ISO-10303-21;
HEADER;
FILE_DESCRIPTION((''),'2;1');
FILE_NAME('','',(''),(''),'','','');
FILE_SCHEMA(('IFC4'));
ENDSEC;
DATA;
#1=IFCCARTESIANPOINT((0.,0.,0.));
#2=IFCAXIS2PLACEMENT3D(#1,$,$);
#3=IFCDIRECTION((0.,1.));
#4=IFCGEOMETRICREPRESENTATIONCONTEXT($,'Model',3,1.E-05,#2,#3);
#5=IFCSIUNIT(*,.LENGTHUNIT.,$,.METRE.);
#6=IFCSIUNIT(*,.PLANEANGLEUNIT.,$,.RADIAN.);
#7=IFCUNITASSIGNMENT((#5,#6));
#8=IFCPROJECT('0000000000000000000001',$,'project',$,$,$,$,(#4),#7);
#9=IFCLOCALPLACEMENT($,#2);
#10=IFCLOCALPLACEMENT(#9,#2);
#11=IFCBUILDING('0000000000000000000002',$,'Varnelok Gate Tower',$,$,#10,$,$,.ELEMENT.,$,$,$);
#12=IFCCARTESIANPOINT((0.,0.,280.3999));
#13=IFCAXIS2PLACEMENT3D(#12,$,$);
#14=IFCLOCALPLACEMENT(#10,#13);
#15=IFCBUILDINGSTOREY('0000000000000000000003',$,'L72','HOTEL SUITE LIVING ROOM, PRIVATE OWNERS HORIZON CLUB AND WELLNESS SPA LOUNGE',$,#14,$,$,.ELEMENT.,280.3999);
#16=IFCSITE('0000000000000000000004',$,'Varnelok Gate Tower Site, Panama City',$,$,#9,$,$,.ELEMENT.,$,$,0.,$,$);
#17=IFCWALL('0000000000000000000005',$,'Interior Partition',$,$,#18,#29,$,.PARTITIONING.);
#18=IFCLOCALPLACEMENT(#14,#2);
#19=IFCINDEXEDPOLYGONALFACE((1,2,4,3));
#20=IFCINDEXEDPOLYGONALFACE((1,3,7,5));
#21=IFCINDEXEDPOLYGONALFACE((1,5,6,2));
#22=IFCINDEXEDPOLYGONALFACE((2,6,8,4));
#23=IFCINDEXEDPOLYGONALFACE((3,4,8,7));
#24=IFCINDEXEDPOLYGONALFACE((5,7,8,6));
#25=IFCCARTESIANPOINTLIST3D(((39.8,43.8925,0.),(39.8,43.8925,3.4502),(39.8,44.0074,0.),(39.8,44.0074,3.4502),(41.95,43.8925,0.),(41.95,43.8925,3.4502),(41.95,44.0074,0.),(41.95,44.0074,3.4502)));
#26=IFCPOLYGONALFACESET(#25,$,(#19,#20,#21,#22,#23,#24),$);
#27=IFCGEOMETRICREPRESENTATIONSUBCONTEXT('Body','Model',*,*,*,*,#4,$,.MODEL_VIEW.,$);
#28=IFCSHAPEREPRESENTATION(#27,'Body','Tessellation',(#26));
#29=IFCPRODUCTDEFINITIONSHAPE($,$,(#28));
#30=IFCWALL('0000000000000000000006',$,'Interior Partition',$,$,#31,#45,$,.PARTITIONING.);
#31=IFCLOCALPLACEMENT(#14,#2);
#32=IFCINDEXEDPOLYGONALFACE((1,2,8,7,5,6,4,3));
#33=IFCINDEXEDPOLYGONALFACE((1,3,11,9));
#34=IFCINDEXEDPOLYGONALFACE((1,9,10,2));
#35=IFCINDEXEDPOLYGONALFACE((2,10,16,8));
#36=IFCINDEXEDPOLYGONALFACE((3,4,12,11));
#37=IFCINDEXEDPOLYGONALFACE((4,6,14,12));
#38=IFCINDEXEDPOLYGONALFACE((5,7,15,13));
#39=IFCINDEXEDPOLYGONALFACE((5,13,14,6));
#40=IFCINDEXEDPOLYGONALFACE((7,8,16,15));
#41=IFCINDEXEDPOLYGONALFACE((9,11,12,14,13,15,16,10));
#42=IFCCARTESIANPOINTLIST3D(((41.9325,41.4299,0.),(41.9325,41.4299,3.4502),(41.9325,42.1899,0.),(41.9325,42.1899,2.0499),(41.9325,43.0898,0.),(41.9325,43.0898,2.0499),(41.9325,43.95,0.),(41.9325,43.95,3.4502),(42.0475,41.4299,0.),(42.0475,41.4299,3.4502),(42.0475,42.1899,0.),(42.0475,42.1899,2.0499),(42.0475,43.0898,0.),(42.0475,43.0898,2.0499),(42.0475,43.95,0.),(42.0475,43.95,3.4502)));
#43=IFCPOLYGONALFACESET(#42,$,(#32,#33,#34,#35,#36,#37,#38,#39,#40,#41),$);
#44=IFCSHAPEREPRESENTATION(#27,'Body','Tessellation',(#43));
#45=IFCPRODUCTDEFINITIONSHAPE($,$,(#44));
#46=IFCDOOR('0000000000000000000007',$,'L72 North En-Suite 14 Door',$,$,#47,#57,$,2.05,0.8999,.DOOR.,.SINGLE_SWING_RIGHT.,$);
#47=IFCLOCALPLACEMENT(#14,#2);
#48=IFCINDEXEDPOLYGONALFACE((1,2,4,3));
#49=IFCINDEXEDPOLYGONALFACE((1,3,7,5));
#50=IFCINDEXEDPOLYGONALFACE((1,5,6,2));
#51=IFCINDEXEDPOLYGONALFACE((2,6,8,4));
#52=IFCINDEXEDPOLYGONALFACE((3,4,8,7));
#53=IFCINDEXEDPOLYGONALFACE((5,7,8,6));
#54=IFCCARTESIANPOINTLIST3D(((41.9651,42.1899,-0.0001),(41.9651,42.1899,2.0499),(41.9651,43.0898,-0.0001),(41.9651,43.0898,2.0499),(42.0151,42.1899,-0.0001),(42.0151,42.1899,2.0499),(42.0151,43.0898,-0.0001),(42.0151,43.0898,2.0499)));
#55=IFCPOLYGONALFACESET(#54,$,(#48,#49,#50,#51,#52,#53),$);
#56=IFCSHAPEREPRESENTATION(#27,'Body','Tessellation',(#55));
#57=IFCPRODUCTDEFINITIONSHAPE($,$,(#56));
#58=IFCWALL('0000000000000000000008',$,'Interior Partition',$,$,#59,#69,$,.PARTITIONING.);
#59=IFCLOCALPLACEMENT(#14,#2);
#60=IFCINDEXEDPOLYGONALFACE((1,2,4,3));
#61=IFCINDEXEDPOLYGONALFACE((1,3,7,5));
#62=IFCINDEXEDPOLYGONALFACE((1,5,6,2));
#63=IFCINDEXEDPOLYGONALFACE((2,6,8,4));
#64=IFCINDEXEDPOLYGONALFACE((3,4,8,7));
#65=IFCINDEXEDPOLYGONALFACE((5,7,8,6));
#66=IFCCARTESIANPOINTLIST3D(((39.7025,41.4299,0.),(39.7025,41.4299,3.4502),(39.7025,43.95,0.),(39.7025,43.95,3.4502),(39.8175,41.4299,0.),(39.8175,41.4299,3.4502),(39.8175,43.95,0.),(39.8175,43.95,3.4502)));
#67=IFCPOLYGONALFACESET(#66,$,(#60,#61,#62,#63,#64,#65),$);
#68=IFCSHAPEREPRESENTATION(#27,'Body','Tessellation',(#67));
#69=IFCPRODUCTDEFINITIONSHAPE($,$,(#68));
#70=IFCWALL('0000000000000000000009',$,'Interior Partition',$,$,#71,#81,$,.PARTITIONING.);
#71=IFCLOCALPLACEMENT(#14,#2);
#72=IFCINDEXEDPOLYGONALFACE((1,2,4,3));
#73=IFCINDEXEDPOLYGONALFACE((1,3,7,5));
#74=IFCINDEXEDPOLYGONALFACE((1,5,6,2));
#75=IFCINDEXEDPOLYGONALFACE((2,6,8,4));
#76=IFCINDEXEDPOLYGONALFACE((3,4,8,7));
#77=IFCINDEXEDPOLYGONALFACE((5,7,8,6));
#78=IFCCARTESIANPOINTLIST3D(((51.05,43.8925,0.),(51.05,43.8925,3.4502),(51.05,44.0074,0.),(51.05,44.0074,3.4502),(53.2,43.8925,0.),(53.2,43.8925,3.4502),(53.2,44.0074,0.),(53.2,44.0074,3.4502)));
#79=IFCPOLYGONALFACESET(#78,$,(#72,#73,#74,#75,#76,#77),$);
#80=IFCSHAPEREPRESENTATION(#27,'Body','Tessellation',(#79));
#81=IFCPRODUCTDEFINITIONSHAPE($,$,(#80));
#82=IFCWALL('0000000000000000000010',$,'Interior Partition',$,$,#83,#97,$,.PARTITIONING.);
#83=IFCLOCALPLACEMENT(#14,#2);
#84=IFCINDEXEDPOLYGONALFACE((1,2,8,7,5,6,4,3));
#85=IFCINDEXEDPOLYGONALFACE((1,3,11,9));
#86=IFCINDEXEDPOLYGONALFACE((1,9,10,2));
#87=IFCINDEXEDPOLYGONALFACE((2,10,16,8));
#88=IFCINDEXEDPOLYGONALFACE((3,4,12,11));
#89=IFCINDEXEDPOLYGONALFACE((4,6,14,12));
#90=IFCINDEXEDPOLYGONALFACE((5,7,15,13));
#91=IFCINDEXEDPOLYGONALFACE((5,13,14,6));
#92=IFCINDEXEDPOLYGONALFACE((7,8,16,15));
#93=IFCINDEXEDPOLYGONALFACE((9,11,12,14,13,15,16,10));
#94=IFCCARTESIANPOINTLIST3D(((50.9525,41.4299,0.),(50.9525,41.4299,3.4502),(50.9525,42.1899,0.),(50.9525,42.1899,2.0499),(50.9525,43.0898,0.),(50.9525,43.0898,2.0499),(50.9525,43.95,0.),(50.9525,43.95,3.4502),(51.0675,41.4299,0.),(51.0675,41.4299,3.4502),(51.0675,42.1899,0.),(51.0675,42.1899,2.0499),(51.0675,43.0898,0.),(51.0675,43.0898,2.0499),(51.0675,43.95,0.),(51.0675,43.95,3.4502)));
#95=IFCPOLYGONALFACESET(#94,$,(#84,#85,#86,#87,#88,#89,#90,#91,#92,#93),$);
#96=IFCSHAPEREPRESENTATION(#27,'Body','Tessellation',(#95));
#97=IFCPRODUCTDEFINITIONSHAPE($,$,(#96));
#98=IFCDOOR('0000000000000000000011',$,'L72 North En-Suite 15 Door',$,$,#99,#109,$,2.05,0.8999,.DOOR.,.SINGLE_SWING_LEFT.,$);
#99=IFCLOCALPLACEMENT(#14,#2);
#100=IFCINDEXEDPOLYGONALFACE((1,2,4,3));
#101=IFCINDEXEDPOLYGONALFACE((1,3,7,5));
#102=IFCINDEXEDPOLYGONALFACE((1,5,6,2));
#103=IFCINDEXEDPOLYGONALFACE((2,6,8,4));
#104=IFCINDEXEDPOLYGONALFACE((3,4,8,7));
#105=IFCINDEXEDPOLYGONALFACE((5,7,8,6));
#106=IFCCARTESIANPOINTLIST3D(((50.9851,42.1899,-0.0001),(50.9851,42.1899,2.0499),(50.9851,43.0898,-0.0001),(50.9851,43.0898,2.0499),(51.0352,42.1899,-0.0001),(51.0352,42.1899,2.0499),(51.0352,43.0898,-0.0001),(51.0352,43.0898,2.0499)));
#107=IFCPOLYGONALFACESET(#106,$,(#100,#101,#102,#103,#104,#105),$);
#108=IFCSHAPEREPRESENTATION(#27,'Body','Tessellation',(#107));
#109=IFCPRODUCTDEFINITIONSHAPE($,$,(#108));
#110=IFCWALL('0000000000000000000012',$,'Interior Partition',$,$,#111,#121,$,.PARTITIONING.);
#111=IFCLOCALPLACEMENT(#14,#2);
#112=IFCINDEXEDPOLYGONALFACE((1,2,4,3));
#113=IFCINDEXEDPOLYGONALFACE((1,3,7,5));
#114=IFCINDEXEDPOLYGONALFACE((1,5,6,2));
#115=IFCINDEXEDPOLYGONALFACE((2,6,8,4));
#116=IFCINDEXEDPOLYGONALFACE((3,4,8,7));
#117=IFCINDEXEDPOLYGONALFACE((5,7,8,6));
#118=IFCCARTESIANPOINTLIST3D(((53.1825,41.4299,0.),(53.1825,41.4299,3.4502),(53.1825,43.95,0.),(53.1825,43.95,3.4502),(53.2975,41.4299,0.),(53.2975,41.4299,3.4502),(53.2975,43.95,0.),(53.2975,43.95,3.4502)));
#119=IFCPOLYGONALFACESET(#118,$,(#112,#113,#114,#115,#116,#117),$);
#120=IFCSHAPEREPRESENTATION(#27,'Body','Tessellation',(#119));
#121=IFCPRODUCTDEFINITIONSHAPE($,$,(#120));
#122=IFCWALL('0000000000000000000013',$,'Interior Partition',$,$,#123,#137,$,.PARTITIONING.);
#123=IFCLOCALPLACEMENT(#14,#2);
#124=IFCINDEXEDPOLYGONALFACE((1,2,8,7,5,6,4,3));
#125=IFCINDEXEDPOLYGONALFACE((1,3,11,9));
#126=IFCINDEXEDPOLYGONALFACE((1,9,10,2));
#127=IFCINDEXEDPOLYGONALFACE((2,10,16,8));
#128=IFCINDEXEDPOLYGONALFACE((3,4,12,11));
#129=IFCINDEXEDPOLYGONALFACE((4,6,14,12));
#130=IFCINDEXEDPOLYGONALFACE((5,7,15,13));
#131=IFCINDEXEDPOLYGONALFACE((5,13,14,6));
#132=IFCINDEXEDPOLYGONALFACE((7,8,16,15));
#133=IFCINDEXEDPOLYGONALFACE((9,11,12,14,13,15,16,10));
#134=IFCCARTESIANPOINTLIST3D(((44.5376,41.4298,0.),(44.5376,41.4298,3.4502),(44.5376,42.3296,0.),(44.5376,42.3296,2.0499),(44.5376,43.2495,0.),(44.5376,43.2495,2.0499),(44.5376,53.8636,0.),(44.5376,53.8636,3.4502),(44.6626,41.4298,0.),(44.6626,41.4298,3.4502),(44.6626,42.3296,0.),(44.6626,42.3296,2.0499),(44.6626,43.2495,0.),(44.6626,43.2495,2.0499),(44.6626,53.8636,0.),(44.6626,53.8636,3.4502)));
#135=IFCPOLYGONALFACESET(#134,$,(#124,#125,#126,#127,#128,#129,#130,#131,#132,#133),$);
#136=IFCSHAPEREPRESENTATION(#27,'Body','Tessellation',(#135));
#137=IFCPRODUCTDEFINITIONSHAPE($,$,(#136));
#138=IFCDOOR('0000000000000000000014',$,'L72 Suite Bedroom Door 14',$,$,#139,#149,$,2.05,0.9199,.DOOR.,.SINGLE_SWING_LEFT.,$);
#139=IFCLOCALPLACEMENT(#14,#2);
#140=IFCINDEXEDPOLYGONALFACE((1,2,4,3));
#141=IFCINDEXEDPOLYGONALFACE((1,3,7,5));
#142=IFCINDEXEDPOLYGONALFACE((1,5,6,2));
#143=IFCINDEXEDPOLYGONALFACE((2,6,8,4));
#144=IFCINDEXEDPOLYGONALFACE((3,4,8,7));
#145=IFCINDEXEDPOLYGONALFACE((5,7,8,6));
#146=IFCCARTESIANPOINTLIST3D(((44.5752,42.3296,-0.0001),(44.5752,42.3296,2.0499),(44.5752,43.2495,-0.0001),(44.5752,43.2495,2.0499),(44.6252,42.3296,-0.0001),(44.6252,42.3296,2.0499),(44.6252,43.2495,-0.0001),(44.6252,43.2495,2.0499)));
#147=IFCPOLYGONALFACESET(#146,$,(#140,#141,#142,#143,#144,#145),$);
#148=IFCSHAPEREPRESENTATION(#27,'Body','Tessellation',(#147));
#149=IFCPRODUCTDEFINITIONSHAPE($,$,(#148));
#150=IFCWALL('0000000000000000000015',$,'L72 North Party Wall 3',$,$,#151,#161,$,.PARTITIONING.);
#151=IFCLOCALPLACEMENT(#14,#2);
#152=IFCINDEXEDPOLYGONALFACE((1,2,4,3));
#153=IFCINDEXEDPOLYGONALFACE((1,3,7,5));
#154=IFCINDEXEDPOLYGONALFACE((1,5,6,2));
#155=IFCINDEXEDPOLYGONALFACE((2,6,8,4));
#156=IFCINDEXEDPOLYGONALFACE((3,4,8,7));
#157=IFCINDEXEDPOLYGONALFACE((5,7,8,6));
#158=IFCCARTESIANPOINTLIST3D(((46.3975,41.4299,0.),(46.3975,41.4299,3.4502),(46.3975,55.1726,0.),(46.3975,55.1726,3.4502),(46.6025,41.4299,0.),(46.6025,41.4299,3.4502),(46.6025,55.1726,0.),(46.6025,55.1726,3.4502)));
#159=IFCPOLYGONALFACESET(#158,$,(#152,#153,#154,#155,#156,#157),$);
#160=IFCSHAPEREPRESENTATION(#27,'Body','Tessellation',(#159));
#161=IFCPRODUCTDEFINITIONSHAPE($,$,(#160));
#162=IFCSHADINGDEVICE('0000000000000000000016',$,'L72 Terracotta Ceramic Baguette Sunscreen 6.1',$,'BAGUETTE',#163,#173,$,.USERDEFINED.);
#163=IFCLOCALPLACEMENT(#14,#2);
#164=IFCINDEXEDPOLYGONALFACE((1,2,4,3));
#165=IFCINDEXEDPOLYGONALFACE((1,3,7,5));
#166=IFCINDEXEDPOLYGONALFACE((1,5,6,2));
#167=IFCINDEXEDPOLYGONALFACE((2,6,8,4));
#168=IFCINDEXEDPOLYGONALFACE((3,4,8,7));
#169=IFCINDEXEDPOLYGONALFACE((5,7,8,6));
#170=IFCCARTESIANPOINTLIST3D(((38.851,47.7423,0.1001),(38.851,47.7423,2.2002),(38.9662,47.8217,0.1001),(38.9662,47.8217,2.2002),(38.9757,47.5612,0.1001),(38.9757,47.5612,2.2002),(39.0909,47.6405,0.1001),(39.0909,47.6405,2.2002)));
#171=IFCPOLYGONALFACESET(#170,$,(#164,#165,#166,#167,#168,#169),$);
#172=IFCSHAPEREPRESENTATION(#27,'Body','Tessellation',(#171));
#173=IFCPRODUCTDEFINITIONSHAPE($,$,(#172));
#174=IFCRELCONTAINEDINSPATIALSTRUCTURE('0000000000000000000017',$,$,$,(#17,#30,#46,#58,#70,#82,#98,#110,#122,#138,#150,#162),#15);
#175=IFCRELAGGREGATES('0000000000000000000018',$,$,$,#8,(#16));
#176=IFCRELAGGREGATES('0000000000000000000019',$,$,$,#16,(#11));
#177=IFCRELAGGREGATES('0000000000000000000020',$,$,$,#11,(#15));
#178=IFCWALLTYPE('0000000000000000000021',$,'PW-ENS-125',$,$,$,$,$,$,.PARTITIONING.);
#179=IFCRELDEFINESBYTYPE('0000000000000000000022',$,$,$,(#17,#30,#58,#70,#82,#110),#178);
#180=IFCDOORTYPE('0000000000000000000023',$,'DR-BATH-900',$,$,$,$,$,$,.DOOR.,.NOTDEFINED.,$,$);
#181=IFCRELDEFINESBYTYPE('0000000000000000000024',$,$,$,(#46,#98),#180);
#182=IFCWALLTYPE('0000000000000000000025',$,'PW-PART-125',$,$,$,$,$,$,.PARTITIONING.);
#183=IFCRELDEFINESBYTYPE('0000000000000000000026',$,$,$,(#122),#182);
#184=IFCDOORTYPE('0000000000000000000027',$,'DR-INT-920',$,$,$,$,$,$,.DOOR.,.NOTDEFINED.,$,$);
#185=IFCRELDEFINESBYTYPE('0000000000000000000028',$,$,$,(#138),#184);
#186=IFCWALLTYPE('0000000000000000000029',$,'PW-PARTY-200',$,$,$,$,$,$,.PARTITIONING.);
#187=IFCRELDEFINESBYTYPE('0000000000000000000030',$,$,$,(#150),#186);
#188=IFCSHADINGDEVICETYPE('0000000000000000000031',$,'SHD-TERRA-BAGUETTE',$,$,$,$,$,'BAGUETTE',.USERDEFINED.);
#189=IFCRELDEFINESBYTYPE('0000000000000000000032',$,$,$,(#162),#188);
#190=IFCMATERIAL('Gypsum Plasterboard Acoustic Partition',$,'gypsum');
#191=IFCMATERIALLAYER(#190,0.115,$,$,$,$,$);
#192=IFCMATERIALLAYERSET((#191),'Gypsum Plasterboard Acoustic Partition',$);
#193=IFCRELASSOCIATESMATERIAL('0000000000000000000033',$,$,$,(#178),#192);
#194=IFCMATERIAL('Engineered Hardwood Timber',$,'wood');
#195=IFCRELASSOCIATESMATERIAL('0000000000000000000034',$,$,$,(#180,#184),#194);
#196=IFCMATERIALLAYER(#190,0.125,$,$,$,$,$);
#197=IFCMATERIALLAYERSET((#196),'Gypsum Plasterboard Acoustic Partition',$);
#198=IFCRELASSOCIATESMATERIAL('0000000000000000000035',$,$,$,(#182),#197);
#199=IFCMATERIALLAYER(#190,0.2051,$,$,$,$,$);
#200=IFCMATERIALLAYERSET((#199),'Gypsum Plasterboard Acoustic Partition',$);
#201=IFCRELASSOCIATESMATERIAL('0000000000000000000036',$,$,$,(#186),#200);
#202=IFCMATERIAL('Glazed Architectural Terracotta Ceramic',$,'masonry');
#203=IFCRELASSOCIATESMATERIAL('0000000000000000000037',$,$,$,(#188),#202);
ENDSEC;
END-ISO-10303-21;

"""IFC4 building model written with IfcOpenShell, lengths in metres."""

from ifc_helpers import new_model, si_unit, direction, frame, frame_2d, origin, origin_2d, place, context, subcontext, project, spatial, rectangle, extrude, source, transform, mapped, material, layer, layer_set, type_object, element, fill, save


model = new_model("IFC4")

# Units and contexts
model_context = context("Model", 3, precision=1e-05, world=origin(), true_north=direction((0.0, 1.0)))
body_context = subcontext(model_context, "Body", "Model", "MODEL_VIEW")
ifc_project = project(units=[si_unit("LENGTHUNIT", "METRE"), si_unit("PLANEANGLEUNIT", "RADIAN")], contexts=[model_context])

# Site, building, storey
site_placement = place(None, origin())
site = spatial("IfcSite", under=ifc_project, at=site_placement, Name="Varnelok Gate Tower Site, Panama City", CompositionType="ELEMENT", RefElevation=0.0)
building_placement = place(site_placement, origin())
building = spatial("IfcBuilding", under=site, at=building_placement, Name="Varnelok Gate Tower", CompositionType="ELEMENT")
storey_placement = place(building_placement, frame((0.0, 0.0, 280.3999)))
storey = spatial("IfcBuildingStorey", under=building, at=storey_placement, Name="L72", Description="HOTEL SUITE LIVING ROOM, PRIVATE OWNERS HORIZON CLUB AND WELLNESS SPA LOUNGE", CompositionType="ELEMENT", Elevation=280.3999)

# Shared definitions
ifc_material_1 = material(Name="Gypsum Plasterboard Acoustic Partition", Category="gypsum")
ifc_material_2 = material(Name="Engineered Hardwood Timber", Category="wood")

# Wall
ifc_layer_1 = layer(ifc_material_1, 0.115)
ifc_layer_set_1 = layer_set([ifc_layer_1], Name="Gypsum Plasterboard Acoustic Partition")
wall_type_1 = type_object("IfcWallType", Name="PW-ENS-125", PredefinedType="PARTITIONING", material=ifc_layer_set_1)
wall_1_placement = place(storey_placement, frame((39.8, 43.95, 0.0), z_axis=(0.0, 0.0, 1.0), x_axis=(1.0, 0.0, 0.0)))
element("IfcWall", 1, at=wall_1_placement, inside=storey, type_object=wall_type_1, Name="Interior Partition", PredefinedType="PARTITIONING", context=body_context, shape_type="SweptSolid", body=[
    extrude(rectangle(XDim=2.1499, YDim=0.115, at=frame_2d((1.075, 0.0))), origin(), (0.0, 0.0, 1.0), 3.4502),
])

# Wall, opening, door
wall_2_placement = place(storey_placement, frame((41.99, 41.4299, 0.0), z_axis=(0.0, 0.0, 1.0), x_axis=(0.0, 1.0, 0.0)))
wall_2 = element("IfcWall", 2, at=wall_2_placement, inside=storey, type_object=wall_type_1, Name="Interior Partition", PredefinedType="PARTITIONING", context=body_context, shape_type="SweptSolid", body=[
    extrude(rectangle(XDim=2.52, YDim=0.115, at=frame_2d((1.26, 0.0))), origin(), (0.0, 0.0, 1.0), 3.4502),
])
opening_1_placement = place(wall_2_placement, frame((0.76, 0.0, 0.0)))
opening_1 = element("IfcOpeningElement", 3, at=opening_1_placement, cuts=wall_2, PredefinedType="OPENING", context=body_context, shape_type="SweptSolid", body=[
    extrude(rectangle(XDim=0.8999, YDim=2.05, at=frame_2d((0.45, 1.0249))), frame((0.0, 0.0674, 0.0), z_axis=(0.0, -1.0, 0.0), x_axis=(1.0, 0.0, 0.0)), (0.0, 0.0, 1.0), 0.135),
])
door_type_1 = type_object("IfcDoorType", Name="DR-BATH-900", OperationType="NOTDEFINED", PredefinedType="DOOR", material=ifc_material_2)
door_1_placement = place(opening_1_placement, origin())
door_1 = element("IfcDoor", 4, at=door_1_placement, inside=storey, type_object=door_type_1, Name="L72 North En-Suite 14 Door", OperationType="SINGLE_SWING_RIGHT", OverallHeight=2.05, OverallWidth=0.8999, PredefinedType="DOOR", context=body_context, shape_type="SweptSolid", body=[
    extrude(rectangle(XDim=0.8999, YDim=2.05, at=frame_2d((0.45, 1.0249))), frame((0.0, 0.0249, 0.0), z_axis=(0.0, -1.0, 0.0), x_axis=(1.0, 0.0, 0.0)), (0.0, 0.0, 1.0), 0.05),
])
fill(opening_1, door_1)

# Walls
wall_3_placement = place(storey_placement, frame((39.76, 41.4299, 0.0), z_axis=(0.0, 0.0, 1.0), x_axis=(0.0, 1.0, 0.0)))
element("IfcWall", 5, at=wall_3_placement, inside=storey, type_object=wall_type_1, Name="Interior Partition", PredefinedType="PARTITIONING", context=body_context, shape_type="SweptSolid", body=[
    extrude(rectangle(XDim=2.52, YDim=0.115, at=frame_2d((1.26, 0.0))), origin(), (0.0, 0.0, 1.0), 3.4502),
])
wall_4_placement = place(storey_placement, frame((51.05, 43.95, 0.0), z_axis=(0.0, 0.0, 1.0), x_axis=(1.0, 0.0, 0.0)))
element("IfcWall", 6, at=wall_4_placement, inside=storey, type_object=wall_type_1, Name="Interior Partition", PredefinedType="PARTITIONING", context=body_context, shape_type="SweptSolid", body=[
    extrude(rectangle(XDim=2.1499, YDim=0.115, at=frame_2d((1.075, 0.0))), origin(), (0.0, 0.0, 1.0), 3.4502),
])

# Wall, opening, door
wall_5_placement = place(storey_placement, frame((51.01, 41.4299, 0.0), z_axis=(0.0, 0.0, 1.0), x_axis=(0.0, 1.0, 0.0)))
wall_5 = element("IfcWall", 7, at=wall_5_placement, inside=storey, type_object=wall_type_1, Name="Interior Partition", PredefinedType="PARTITIONING", context=body_context, shape_type="SweptSolid", body=[
    extrude(rectangle(XDim=2.52, YDim=0.115, at=frame_2d((1.26, 0.0))), origin(), (0.0, 0.0, 1.0), 3.4502),
])
opening_2_placement = place(wall_5_placement, frame((0.76, 0.0, 0.0)))
opening_2 = element("IfcOpeningElement", 8, at=opening_2_placement, cuts=wall_5, PredefinedType="OPENING", context=body_context, shape_type="SweptSolid", body=[
    extrude(rectangle(XDim=0.8999, YDim=2.05, at=frame_2d((0.45, 1.0249))), frame((0.0, 0.0674, 0.0), z_axis=(0.0, -1.0, 0.0), x_axis=(1.0, 0.0, 0.0)), (0.0, 0.0, 1.0), 0.135),
])
door_2_placement = place(opening_2_placement, origin())
door_2 = element("IfcDoor", 9, at=door_2_placement, inside=storey, type_object=door_type_1, Name="L72 North En-Suite 15 Door", OperationType="SINGLE_SWING_LEFT", OverallHeight=2.05, OverallWidth=0.8999, PredefinedType="DOOR", context=body_context, shape_type="SweptSolid", body=[
    extrude(rectangle(XDim=0.8999, YDim=2.05, at=frame_2d((0.45, 1.0249))), frame((0.0, 0.0249, 0.0), z_axis=(0.0, -1.0, 0.0), x_axis=(1.0, 0.0, 0.0)), (0.0, 0.0, 1.0), 0.05),
])
fill(opening_2, door_2)

# Wall
wall_6_placement = place(storey_placement, frame((53.24, 41.4299, 0.0), z_axis=(0.0, 0.0, 1.0), x_axis=(0.0, 1.0, 0.0)))
element("IfcWall", 10, at=wall_6_placement, inside=storey, type_object=wall_type_1, Name="Interior Partition", PredefinedType="PARTITIONING", context=body_context, shape_type="SweptSolid", body=[
    extrude(rectangle(XDim=2.52, YDim=0.115, at=frame_2d((1.26, 0.0))), origin(), (0.0, 0.0, 1.0), 3.4502),
])

# Wall, opening, door
ifc_layer_2 = layer(ifc_material_1, 0.125)
ifc_layer_set_2 = layer_set([ifc_layer_2], Name="Gypsum Plasterboard Acoustic Partition")
wall_type_2 = type_object("IfcWallType", Name="PW-PART-125", PredefinedType="PARTITIONING", material=ifc_layer_set_2)
wall_7_placement = place(storey_placement, frame((44.6001, 41.4299, 0.0), z_axis=(0.0, 0.0, 1.0), x_axis=(0.0, 1.0, 0.0)))
wall_7 = element("IfcWall", 11, at=wall_7_placement, inside=storey, type_object=wall_type_2, Name="Interior Partition", PredefinedType="PARTITIONING", context=body_context, shape_type="SweptSolid", body=[
    extrude(rectangle(XDim=12.4338, YDim=0.125, at=frame_2d((6.2168, 0.0))), origin(), (0.0, 0.0, 1.0), 3.4502),
])
opening_3_placement = place(wall_7_placement, frame((0.8997, 0.0, 0.0)))
opening_3 = element("IfcOpeningElement", 12, at=opening_3_placement, cuts=wall_7, PredefinedType="OPENING", context=body_context, shape_type="SweptSolid", body=[
    extrude(rectangle(XDim=0.9199, YDim=2.05, at=frame_2d((0.46, 1.0249))), frame((0.0, 0.0725, 0.0), z_axis=(0.0, -1.0, 0.0), x_axis=(1.0, 0.0, 0.0)), (0.0, 0.0, 1.0), 0.145),
])
door_type_2 = type_object("IfcDoorType", Name="DR-INT-920", OperationType="NOTDEFINED", PredefinedType="DOOR", material=ifc_material_2)
door_3_placement = place(opening_3_placement, origin())
door_3 = element("IfcDoor", 13, at=door_3_placement, inside=storey, type_object=door_type_2, Name="L72 Suite Bedroom Door 14", OperationType="SINGLE_SWING_LEFT", OverallHeight=2.05, OverallWidth=0.9199, PredefinedType="DOOR", context=body_context, shape_type="SweptSolid", body=[
    extrude(rectangle(XDim=0.9199, YDim=2.05, at=frame_2d((0.46, 1.0249))), frame((0.0, 0.0249, 0.0), z_axis=(0.0, -1.0, 0.0), x_axis=(1.0, 0.0, 0.0)), (0.0, 0.0, 1.0), 0.05),
])
fill(opening_3, door_3)

# Wall
ifc_layer_3 = layer(ifc_material_1, 0.2051)
ifc_layer_set_3 = layer_set([ifc_layer_3], Name="Gypsum Plasterboard Acoustic Partition")
wall_type_3 = type_object("IfcWallType", Name="PW-PARTY-200", PredefinedType="PARTITIONING", material=ifc_layer_set_3)
wall_8_placement = place(storey_placement, frame((46.5, 41.4299, 0.0), z_axis=(0.0, 0.0, 1.0), x_axis=(0.0, 1.0, 0.0)))
element("IfcWall", 14, at=wall_8_placement, inside=storey, type_object=wall_type_3, Name="L72 North Party Wall 3", PredefinedType="PARTITIONING", context=body_context, shape_type="SweptSolid", body=[
    extrude(rectangle(XDim=13.7427, YDim=0.2051, at=frame_2d((6.8713, 0.0))), origin(), (0.0, 0.0, 1.0), 3.4502),
])

# Shading device
ifc_material_3 = material(Name="Glazed Architectural Terracotta Ceramic", Category="masonry")
shading_device_type = type_object("IfcShadingDeviceType", Name="SHD-TERRA-BAGUETTE", ElementType="BAGUETTE", PredefinedType="USERDEFINED", material=ifc_material_3)
shared_shape_1 = source(origin(), body_context, "Body", "SweptSolid", [
    extrude(rectangle(XDim=0.1399, YDim=0.22, at=origin_2d()), origin(), (0.0, 0.0, 1.0), 2.1001),
])
shading_device_placement = place(storey_placement, frame((38.9709, 47.6914, 0.1001), z_axis=(0.0, 0.0, 1.0), x_axis=(0.823533, 0.567269, 0.0)))
element("IfcShadingDevice", 15, at=shading_device_placement, inside=storey, type_object=shading_device_type, Name="L72 Terracotta Ceramic Baguette Sunscreen 6.1", ObjectType="BAGUETTE", PredefinedType="USERDEFINED", context=body_context, shape_type="MappedRepresentation", body=[
    mapped(shared_shape_1, transform((0.0, 0.0, 0.0), scale=1.0)),
])

save(model, "model.ifc")
